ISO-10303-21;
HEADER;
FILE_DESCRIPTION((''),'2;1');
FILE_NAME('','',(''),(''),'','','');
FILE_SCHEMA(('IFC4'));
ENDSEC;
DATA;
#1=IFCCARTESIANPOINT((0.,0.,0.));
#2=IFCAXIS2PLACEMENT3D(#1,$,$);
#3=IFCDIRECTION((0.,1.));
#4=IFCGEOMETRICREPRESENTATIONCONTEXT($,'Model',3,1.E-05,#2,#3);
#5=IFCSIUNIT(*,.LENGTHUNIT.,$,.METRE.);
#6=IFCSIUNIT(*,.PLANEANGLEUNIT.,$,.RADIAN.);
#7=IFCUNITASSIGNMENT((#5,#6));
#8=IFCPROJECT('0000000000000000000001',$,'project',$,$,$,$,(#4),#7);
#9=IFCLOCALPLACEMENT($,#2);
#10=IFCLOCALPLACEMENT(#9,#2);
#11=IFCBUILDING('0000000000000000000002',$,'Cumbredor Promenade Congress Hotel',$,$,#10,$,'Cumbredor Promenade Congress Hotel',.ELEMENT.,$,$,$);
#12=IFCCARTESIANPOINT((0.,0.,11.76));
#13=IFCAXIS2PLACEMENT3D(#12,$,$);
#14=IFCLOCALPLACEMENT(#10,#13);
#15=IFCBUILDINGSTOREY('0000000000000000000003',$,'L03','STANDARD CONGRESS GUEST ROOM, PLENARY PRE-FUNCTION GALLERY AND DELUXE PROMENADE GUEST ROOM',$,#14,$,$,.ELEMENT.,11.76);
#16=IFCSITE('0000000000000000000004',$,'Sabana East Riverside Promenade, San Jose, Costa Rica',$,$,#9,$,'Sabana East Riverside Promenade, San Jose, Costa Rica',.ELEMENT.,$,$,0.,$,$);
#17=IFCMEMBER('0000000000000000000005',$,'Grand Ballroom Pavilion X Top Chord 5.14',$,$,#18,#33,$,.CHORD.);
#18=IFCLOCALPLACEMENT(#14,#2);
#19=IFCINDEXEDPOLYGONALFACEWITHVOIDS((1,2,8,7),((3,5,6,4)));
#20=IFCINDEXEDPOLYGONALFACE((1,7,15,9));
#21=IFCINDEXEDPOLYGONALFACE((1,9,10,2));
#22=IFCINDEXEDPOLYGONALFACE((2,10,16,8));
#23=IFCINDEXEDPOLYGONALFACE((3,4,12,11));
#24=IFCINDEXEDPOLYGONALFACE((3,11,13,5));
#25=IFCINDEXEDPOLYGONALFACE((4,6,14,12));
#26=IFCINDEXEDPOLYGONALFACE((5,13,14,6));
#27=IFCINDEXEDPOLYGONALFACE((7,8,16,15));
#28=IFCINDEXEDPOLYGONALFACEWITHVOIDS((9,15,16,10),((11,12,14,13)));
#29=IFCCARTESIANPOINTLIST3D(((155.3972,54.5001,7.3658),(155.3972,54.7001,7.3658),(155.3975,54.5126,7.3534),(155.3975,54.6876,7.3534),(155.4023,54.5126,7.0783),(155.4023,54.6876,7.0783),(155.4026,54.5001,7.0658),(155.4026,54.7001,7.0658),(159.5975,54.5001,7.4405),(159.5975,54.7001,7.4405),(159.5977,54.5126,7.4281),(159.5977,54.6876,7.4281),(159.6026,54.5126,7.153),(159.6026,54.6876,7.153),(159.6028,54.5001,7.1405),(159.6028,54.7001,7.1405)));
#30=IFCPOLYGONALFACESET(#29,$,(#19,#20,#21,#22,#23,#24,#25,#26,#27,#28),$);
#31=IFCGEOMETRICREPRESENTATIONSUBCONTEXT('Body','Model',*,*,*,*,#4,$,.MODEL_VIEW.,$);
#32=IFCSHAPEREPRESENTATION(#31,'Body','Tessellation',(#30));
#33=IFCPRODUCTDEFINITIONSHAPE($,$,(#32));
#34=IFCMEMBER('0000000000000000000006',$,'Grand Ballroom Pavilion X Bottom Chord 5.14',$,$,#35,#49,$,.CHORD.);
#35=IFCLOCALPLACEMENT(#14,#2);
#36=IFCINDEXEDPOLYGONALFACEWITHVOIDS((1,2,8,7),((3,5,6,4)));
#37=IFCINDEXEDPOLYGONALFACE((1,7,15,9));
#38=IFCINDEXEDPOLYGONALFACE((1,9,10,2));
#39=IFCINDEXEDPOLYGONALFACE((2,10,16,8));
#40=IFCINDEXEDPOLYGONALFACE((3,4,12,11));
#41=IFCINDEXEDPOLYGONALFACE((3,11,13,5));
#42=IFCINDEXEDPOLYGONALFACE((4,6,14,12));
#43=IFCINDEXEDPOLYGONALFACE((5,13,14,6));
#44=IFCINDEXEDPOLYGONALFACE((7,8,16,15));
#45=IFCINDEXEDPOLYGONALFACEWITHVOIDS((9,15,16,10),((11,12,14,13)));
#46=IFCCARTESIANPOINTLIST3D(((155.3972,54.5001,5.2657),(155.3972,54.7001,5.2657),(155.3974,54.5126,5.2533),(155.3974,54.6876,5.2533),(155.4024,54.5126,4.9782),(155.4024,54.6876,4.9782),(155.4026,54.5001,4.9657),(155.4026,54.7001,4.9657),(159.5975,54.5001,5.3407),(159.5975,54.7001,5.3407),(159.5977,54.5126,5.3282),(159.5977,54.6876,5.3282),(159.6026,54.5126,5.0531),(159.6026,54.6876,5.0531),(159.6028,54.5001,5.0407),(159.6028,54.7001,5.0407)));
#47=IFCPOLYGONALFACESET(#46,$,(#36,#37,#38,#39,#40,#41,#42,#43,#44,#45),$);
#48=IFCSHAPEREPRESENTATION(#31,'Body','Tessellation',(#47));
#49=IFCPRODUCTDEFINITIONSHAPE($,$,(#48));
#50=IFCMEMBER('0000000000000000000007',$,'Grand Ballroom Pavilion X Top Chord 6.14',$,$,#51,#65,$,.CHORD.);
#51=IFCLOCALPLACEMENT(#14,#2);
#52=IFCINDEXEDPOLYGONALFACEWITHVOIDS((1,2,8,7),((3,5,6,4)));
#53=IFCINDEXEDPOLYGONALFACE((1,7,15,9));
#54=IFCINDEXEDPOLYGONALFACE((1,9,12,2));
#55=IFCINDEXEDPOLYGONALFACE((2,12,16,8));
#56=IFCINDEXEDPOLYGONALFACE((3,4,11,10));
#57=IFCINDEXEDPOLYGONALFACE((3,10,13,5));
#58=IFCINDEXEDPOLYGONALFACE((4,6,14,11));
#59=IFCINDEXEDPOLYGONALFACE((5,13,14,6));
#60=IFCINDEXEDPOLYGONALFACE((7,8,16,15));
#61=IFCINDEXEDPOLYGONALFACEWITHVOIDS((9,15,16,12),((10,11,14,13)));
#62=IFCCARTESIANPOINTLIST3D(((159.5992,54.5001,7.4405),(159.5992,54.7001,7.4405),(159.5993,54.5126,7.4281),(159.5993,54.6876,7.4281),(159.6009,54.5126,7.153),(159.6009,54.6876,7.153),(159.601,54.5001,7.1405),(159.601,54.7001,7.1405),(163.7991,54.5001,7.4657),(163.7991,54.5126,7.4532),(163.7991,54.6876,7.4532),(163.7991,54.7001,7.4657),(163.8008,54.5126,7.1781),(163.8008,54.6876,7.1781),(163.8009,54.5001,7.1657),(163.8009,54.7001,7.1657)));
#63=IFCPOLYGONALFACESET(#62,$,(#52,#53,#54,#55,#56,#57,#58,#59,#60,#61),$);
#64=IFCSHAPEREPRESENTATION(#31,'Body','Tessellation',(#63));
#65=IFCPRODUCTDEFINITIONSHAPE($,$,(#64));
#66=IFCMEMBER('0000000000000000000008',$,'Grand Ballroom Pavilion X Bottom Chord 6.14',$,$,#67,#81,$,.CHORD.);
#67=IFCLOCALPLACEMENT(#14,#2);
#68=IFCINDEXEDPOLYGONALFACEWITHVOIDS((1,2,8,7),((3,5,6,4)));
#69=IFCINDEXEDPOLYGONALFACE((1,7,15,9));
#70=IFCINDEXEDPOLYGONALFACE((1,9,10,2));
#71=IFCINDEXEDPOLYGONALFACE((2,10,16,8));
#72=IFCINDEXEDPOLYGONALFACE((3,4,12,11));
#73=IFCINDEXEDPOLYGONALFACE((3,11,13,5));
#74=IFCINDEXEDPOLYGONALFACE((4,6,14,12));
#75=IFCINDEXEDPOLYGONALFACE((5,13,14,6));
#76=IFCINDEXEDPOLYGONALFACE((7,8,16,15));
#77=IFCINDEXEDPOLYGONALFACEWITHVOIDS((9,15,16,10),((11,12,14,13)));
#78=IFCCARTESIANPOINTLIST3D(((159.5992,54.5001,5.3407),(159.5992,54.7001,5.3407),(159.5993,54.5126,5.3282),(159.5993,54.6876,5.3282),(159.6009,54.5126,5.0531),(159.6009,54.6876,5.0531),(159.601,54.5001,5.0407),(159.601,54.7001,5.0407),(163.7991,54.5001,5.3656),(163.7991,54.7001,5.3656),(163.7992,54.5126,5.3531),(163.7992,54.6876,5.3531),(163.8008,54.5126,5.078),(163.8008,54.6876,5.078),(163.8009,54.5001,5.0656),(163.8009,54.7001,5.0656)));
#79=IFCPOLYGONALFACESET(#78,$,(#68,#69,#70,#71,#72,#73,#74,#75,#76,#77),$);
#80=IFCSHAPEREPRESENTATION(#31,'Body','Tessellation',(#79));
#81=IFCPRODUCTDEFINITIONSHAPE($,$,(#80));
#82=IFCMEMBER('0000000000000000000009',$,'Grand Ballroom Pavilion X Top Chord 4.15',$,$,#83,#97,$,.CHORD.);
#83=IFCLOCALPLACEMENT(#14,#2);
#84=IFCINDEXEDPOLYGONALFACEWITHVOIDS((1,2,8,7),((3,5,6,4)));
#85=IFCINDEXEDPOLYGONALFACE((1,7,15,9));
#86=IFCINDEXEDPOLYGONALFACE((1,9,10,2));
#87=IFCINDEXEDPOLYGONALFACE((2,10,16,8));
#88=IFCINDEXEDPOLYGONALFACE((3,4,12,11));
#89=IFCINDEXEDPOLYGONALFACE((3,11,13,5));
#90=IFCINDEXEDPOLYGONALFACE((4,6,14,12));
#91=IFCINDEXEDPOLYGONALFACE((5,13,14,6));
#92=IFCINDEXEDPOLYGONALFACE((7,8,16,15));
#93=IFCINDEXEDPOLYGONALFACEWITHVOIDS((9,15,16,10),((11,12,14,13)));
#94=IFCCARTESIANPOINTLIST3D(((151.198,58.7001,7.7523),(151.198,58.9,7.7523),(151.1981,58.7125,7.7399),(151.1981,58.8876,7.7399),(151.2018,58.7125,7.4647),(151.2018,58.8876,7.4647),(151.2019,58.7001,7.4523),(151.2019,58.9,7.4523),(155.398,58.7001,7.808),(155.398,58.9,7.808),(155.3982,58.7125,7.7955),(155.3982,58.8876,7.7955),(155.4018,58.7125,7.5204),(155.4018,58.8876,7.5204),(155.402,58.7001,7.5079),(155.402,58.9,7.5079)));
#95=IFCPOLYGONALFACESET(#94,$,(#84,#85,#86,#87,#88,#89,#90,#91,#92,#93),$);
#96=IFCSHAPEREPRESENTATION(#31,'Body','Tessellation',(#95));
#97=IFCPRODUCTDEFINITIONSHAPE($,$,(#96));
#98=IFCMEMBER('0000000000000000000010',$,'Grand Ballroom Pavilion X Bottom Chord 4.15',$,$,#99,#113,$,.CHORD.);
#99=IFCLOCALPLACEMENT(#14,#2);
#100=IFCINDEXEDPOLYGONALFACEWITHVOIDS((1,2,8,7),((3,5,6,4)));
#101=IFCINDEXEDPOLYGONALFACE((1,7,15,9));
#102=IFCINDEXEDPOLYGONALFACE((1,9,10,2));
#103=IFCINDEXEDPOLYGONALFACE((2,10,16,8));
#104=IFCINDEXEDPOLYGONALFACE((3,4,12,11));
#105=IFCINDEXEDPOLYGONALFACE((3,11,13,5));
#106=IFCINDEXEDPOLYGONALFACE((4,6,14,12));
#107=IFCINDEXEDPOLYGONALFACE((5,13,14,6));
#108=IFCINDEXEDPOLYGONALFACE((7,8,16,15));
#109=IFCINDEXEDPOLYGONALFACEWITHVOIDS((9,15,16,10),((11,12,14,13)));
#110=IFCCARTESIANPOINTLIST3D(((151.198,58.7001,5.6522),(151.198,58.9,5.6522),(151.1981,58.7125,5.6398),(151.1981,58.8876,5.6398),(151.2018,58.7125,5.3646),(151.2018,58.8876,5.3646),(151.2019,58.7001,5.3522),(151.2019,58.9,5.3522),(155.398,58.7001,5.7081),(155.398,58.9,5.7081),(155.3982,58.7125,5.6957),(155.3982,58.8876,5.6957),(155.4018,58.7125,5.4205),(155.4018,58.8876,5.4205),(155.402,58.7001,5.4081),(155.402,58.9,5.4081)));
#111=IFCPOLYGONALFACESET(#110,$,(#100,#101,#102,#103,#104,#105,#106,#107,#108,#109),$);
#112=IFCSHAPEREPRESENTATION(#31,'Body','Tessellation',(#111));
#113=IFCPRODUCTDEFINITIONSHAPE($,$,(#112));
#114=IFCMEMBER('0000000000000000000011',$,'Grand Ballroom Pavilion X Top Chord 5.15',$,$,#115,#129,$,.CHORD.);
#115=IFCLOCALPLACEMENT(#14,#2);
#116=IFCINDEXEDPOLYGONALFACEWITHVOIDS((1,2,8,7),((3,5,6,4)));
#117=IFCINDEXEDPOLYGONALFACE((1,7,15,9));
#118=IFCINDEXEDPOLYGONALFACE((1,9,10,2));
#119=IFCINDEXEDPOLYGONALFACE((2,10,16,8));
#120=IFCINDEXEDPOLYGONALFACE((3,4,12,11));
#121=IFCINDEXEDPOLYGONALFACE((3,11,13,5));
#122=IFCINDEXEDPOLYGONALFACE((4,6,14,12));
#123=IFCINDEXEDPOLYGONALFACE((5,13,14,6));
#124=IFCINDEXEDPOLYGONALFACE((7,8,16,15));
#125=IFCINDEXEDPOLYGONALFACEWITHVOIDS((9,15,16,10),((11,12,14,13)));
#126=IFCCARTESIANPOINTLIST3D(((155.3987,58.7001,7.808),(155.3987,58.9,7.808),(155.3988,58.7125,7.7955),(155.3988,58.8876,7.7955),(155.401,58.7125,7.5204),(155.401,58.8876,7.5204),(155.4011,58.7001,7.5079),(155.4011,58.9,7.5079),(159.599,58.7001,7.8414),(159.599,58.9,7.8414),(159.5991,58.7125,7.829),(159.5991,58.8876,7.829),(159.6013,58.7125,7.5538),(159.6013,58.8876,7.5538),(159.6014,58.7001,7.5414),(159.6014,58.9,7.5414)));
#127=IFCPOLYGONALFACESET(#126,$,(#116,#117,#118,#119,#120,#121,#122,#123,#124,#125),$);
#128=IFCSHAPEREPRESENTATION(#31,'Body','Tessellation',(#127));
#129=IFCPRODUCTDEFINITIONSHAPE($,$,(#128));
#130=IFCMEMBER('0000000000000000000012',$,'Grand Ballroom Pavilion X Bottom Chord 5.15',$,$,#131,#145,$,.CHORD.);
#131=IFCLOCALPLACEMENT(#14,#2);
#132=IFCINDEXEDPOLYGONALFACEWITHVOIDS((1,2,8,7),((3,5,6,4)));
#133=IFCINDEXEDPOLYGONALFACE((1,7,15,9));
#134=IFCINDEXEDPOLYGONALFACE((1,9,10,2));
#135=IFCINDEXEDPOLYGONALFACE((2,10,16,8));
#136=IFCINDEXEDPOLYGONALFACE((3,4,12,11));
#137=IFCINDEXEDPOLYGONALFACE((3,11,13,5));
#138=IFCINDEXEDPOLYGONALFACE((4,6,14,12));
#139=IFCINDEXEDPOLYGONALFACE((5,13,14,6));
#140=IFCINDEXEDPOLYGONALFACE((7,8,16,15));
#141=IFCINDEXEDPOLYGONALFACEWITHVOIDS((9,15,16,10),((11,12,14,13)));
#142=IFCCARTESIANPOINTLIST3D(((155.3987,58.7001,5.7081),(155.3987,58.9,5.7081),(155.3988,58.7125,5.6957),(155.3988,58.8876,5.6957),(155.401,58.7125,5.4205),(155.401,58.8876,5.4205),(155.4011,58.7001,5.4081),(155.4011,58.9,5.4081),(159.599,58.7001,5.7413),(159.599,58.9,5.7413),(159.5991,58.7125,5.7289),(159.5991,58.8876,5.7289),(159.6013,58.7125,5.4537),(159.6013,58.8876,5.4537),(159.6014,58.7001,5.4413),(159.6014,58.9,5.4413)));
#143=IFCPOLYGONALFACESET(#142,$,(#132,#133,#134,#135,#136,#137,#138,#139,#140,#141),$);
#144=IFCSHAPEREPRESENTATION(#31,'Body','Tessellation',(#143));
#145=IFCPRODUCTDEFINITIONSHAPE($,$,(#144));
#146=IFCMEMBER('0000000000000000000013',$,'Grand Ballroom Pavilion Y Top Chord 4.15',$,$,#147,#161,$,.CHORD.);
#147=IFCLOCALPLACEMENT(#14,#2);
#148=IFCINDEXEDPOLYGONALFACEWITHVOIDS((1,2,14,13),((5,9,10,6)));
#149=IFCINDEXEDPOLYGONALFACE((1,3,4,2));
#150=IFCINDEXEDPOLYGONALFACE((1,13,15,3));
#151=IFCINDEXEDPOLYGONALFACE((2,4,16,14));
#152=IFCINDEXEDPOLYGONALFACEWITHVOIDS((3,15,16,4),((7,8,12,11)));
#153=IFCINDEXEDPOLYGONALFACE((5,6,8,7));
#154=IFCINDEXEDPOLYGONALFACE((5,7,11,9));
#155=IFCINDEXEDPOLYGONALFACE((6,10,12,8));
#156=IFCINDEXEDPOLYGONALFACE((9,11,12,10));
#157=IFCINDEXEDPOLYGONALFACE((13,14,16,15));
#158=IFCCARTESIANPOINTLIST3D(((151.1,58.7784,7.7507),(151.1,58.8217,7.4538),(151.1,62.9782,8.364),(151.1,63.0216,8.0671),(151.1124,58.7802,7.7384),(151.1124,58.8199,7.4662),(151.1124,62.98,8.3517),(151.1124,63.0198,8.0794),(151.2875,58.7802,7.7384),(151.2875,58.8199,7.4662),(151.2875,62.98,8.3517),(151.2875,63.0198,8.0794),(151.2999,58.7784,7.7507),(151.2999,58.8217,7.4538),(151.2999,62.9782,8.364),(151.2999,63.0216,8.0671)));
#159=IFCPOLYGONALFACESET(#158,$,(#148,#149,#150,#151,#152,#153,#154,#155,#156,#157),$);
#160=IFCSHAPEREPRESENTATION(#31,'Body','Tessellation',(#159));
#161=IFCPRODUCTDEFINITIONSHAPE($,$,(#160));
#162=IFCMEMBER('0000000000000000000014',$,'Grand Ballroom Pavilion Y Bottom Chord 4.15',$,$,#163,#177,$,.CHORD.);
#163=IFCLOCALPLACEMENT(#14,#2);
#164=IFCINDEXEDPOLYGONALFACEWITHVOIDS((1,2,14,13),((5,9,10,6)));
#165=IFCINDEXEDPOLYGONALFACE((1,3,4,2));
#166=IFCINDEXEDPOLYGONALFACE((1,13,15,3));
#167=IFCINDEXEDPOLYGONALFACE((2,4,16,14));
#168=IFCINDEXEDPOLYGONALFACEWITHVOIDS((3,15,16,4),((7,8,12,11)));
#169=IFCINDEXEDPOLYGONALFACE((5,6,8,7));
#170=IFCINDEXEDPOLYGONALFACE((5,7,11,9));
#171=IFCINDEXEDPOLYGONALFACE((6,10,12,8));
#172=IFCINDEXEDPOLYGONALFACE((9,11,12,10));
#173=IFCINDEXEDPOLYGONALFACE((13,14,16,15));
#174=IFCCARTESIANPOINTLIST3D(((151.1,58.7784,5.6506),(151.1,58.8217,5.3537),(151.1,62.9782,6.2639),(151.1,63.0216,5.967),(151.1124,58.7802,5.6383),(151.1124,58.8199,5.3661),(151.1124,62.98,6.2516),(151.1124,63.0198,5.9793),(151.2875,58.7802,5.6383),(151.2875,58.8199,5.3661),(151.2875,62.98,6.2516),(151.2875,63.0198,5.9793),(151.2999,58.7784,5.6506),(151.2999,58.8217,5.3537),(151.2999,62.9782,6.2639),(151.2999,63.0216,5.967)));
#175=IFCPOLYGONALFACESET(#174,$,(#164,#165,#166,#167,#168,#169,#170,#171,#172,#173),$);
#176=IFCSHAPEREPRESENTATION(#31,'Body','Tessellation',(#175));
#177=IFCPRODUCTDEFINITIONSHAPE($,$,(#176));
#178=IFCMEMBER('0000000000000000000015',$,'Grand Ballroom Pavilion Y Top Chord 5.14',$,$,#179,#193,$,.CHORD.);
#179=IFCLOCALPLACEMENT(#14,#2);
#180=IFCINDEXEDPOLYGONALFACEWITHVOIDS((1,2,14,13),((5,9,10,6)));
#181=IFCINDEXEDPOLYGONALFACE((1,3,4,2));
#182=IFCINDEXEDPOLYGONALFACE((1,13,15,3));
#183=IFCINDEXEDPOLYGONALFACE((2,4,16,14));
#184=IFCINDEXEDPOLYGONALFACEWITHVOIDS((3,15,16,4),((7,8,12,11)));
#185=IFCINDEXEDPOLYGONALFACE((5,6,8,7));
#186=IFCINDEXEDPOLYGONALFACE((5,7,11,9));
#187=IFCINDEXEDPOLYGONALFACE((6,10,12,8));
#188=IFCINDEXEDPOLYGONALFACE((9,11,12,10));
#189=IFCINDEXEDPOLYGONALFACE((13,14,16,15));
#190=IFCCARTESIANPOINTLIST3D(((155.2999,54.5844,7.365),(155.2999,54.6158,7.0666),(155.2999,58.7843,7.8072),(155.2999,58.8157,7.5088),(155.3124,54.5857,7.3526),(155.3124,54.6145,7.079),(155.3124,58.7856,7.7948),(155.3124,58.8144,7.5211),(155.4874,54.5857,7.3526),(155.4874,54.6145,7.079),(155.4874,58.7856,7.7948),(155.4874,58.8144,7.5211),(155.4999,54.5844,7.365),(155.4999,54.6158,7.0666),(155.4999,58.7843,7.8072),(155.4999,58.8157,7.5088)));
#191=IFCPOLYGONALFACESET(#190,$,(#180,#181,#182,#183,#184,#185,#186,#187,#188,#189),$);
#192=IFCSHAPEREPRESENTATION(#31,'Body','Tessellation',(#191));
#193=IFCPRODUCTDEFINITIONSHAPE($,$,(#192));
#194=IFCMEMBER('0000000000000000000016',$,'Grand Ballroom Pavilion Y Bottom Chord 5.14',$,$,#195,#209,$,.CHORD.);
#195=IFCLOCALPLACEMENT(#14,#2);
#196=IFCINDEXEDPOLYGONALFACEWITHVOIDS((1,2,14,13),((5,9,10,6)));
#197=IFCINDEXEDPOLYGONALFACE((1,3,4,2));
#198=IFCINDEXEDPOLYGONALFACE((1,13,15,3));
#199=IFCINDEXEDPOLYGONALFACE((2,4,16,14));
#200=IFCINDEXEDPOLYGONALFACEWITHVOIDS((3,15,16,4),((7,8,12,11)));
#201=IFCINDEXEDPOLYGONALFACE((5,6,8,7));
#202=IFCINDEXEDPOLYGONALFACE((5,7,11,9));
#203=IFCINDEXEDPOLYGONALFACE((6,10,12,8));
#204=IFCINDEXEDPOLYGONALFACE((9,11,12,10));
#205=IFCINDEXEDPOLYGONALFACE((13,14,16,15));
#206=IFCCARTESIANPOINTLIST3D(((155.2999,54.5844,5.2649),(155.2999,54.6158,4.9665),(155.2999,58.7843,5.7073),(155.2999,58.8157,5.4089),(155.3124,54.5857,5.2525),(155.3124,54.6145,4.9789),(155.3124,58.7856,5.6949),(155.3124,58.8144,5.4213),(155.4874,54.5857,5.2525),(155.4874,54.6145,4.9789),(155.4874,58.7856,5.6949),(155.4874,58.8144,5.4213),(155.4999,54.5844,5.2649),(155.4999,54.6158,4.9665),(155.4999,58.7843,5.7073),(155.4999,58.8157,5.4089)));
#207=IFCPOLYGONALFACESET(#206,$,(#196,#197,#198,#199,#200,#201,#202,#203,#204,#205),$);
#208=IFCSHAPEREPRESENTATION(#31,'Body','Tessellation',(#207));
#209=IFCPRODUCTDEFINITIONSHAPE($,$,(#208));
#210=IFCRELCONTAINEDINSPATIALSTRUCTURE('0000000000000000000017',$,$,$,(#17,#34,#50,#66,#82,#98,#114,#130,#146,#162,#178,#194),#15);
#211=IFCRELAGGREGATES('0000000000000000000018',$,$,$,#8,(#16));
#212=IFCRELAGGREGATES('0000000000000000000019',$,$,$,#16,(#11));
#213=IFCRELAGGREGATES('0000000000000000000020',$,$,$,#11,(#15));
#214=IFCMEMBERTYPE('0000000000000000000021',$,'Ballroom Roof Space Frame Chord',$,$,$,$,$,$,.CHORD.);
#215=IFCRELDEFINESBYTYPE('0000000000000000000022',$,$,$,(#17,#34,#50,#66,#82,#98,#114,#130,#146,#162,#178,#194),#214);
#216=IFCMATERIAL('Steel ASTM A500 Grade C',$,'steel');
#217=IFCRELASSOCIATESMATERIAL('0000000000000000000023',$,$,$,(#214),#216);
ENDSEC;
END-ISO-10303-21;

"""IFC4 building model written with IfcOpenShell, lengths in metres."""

from ifc_helpers import new_model, si_unit, direction, frame, origin, origin_2d, place, context, subcontext, project, spatial, hollow_rectangle, extrude, material, material_profile, profile_set, type_object, element, save


model = new_model("IFC4")

# Units and contexts
model_context = context("Model", 3, precision=1e-05, world=origin(), true_north=direction((0.0, 1.0)))
body_context = subcontext(model_context, "Body", "Model", "MODEL_VIEW")
ifc_project = project(units=[si_unit("LENGTHUNIT", "METRE"), si_unit("PLANEANGLEUNIT", "RADIAN")], contexts=[model_context])

# Site, building, storey
site_placement = place(None, origin())
site = spatial("IfcSite", under=ifc_project, at=site_placement, Name="Sabana East Riverside Promenade, San Jose, Costa Rica", LongName="Sabana East Riverside Promenade, San Jose, Costa Rica", CompositionType="ELEMENT", RefElevation=0.0)
building_placement = place(site_placement, origin())
building = spatial("IfcBuilding", under=site, at=building_placement, Name="Cumbredor Promenade Congress Hotel", LongName="Cumbredor Promenade Congress Hotel", CompositionType="ELEMENT")
storey_placement = place(building_placement, frame((0.0, 0.0, 11.76)))
storey = spatial("IfcBuildingStorey", under=building, at=storey_placement, Name="L03", Description="STANDARD CONGRESS GUEST ROOM, PLENARY PRE-FUNCTION GALLERY AND DELUXE PROMENADE GUEST ROOM", CompositionType="ELEMENT", Elevation=11.76)

# Members
ifc_material_1 = material(Name="Steel ASTM A500 Grade C", Category="steel")
ifc_material_profile_1 = material_profile(ifc_material_1, hollow_rectangle(XDim=0.2, YDim=0.3, WallThickness=0.0125, at=origin_2d()), Name="HSS 300x200x12.5")
ifc_profile_set_1 = profile_set([ifc_material_profile_1], Name="Steel ASTM A500 Grade C")
member_type_1 = type_object("IfcMemberType", Name="Ballroom Roof Space Frame Chord", PredefinedType="CHORD", material=ifc_profile_set_1)
for number, where, z_axis, x_axis, name in (
    (1, (155.3999, 54.6001, 7.2158), (0.999842, 0.0, 0.017784), (0.0, 1.0, 0.0), "Grand Ballroom Pavilion X Top Chord 5.14"),
    (2, (155.3999, 54.6001, 5.1157), (0.999841, 0.0, 0.017842), (0.0, 1.0, 0.0), "Grand Ballroom Pavilion X Bottom Chord 5.14"),
):
    element("IfcMember", number, at=place(storey_placement, frame(where, z_axis=z_axis, x_axis=x_axis)), inside=storey, type_object=member_type_1, Name=name, PredefinedType="CHORD", context=body_context, shape_type="SweptSolid", body=[
        extrude(hollow_rectangle(XDim=0.2, YDim=0.3, WallThickness=0.0125, at=origin_2d()), origin(), (0.0, 0.0, 1.0), 4.2009),
    ])
for number, where, z_axis, x_axis, name in (
    (3, (159.6001, 54.6001, 7.2905), (0.999982, 0.0, 0.005987), (0.0, 1.0, 0.0), "Grand Ballroom Pavilion X Top Chord 6.14"),
    (4, (159.6001, 54.6001, 5.1907), (0.999982, 0.0, 0.005929), (0.0, 1.0, 0.0), "Grand Ballroom Pavilion X Bottom Chord 6.14"),
):
    element("IfcMember", number, at=place(storey_placement, frame(where, z_axis=z_axis, x_axis=x_axis)), inside=storey, type_object=member_type_1, Name=name, PredefinedType="CHORD", context=body_context, shape_type="SweptSolid", body=[
        extrude(hollow_rectangle(XDim=0.2, YDim=0.3, WallThickness=0.0125, at=origin_2d()), origin(), (0.0, 0.0, 1.0), 4.2),
    ])
for number, where, z_axis, x_axis, name in (
    (5, (151.2, 58.8, 7.6023), (0.999912, 0.0, 0.013252), (0.0, 1.0, 0.0), "Grand Ballroom Pavilion X Top Chord 4.15"),
    (6, (151.2, 58.8, 5.5022), (0.999911, 0.0, 0.01331), (0.0, 1.0, 0.0), "Grand Ballroom Pavilion X Bottom Chord 4.15"),
    (7, (155.3999, 58.8, 7.658), (0.999968, 0.0, 0.007963), (0.0, 1.0, 0.0), "Grand Ballroom Pavilion X Top Chord 5.15"),
    (8, (155.3999, 58.8, 5.5581), (0.999969, 0.0, 0.007905), (0.0, 1.0, 0.0), "Grand Ballroom Pavilion X Bottom Chord 5.15"),
):
    element("IfcMember", number, at=place(storey_placement, frame(where, z_axis=z_axis, x_axis=x_axis)), inside=storey, type_object=member_type_1, Name=name, PredefinedType="CHORD", context=body_context, shape_type="SweptSolid", body=[
        extrude(hollow_rectangle(XDim=0.2, YDim=0.3, WallThickness=0.0125, at=origin_2d()), origin(), (0.0, 0.0, 1.0), 4.2004),
    ])
for number, where, z_axis, x_axis, name in (
    (9, (151.2, 58.8, 7.6023), (0.0, 0.989506, 0.144489), (-1.0, 0.0, 0.0), "Grand Ballroom Pavilion Y Top Chord 4.15"),
    (10, (151.2, 58.8, 5.5022), (0.0, 0.989506, 0.144489), (-1.0, 0.0, 0.0), "Grand Ballroom Pavilion Y Bottom Chord 4.15"),
):
    element("IfcMember", number, at=place(storey_placement, frame(where, z_axis=z_axis, x_axis=x_axis)), inside=storey, type_object=member_type_1, Name=name, PredefinedType="CHORD", context=body_context, shape_type="SweptSolid", body=[
        extrude(hollow_rectangle(XDim=0.2, YDim=0.3, WallThickness=0.0125, at=origin_2d()), origin(), (0.0, 0.0, 1.0), 4.2444),
    ])
for number, where, z_axis, x_axis, name in (
    (11, (155.3999, 54.6001, 7.2158), (0.0, 0.994505, 0.104694), (-1.0, 0.0, 0.0), "Grand Ballroom Pavilion Y Top Chord 5.14"),
    (12, (155.3999, 54.6001, 5.1157), (0.0, 0.994498, 0.104751), (-1.0, 0.0, 0.0), "Grand Ballroom Pavilion Y Bottom Chord 5.14"),
):
    element("IfcMember", number, at=place(storey_placement, frame(where, z_axis=z_axis, x_axis=x_axis)), inside=storey, type_object=member_type_1, Name=name, PredefinedType="CHORD", context=body_context, shape_type="SweptSolid", body=[
        extrude(hollow_rectangle(XDim=0.2, YDim=0.3, WallThickness=0.0125, at=origin_2d()), origin(), (0.0, 0.0, 1.0), 4.2231),
    ])

save(model, "model.ifc")
